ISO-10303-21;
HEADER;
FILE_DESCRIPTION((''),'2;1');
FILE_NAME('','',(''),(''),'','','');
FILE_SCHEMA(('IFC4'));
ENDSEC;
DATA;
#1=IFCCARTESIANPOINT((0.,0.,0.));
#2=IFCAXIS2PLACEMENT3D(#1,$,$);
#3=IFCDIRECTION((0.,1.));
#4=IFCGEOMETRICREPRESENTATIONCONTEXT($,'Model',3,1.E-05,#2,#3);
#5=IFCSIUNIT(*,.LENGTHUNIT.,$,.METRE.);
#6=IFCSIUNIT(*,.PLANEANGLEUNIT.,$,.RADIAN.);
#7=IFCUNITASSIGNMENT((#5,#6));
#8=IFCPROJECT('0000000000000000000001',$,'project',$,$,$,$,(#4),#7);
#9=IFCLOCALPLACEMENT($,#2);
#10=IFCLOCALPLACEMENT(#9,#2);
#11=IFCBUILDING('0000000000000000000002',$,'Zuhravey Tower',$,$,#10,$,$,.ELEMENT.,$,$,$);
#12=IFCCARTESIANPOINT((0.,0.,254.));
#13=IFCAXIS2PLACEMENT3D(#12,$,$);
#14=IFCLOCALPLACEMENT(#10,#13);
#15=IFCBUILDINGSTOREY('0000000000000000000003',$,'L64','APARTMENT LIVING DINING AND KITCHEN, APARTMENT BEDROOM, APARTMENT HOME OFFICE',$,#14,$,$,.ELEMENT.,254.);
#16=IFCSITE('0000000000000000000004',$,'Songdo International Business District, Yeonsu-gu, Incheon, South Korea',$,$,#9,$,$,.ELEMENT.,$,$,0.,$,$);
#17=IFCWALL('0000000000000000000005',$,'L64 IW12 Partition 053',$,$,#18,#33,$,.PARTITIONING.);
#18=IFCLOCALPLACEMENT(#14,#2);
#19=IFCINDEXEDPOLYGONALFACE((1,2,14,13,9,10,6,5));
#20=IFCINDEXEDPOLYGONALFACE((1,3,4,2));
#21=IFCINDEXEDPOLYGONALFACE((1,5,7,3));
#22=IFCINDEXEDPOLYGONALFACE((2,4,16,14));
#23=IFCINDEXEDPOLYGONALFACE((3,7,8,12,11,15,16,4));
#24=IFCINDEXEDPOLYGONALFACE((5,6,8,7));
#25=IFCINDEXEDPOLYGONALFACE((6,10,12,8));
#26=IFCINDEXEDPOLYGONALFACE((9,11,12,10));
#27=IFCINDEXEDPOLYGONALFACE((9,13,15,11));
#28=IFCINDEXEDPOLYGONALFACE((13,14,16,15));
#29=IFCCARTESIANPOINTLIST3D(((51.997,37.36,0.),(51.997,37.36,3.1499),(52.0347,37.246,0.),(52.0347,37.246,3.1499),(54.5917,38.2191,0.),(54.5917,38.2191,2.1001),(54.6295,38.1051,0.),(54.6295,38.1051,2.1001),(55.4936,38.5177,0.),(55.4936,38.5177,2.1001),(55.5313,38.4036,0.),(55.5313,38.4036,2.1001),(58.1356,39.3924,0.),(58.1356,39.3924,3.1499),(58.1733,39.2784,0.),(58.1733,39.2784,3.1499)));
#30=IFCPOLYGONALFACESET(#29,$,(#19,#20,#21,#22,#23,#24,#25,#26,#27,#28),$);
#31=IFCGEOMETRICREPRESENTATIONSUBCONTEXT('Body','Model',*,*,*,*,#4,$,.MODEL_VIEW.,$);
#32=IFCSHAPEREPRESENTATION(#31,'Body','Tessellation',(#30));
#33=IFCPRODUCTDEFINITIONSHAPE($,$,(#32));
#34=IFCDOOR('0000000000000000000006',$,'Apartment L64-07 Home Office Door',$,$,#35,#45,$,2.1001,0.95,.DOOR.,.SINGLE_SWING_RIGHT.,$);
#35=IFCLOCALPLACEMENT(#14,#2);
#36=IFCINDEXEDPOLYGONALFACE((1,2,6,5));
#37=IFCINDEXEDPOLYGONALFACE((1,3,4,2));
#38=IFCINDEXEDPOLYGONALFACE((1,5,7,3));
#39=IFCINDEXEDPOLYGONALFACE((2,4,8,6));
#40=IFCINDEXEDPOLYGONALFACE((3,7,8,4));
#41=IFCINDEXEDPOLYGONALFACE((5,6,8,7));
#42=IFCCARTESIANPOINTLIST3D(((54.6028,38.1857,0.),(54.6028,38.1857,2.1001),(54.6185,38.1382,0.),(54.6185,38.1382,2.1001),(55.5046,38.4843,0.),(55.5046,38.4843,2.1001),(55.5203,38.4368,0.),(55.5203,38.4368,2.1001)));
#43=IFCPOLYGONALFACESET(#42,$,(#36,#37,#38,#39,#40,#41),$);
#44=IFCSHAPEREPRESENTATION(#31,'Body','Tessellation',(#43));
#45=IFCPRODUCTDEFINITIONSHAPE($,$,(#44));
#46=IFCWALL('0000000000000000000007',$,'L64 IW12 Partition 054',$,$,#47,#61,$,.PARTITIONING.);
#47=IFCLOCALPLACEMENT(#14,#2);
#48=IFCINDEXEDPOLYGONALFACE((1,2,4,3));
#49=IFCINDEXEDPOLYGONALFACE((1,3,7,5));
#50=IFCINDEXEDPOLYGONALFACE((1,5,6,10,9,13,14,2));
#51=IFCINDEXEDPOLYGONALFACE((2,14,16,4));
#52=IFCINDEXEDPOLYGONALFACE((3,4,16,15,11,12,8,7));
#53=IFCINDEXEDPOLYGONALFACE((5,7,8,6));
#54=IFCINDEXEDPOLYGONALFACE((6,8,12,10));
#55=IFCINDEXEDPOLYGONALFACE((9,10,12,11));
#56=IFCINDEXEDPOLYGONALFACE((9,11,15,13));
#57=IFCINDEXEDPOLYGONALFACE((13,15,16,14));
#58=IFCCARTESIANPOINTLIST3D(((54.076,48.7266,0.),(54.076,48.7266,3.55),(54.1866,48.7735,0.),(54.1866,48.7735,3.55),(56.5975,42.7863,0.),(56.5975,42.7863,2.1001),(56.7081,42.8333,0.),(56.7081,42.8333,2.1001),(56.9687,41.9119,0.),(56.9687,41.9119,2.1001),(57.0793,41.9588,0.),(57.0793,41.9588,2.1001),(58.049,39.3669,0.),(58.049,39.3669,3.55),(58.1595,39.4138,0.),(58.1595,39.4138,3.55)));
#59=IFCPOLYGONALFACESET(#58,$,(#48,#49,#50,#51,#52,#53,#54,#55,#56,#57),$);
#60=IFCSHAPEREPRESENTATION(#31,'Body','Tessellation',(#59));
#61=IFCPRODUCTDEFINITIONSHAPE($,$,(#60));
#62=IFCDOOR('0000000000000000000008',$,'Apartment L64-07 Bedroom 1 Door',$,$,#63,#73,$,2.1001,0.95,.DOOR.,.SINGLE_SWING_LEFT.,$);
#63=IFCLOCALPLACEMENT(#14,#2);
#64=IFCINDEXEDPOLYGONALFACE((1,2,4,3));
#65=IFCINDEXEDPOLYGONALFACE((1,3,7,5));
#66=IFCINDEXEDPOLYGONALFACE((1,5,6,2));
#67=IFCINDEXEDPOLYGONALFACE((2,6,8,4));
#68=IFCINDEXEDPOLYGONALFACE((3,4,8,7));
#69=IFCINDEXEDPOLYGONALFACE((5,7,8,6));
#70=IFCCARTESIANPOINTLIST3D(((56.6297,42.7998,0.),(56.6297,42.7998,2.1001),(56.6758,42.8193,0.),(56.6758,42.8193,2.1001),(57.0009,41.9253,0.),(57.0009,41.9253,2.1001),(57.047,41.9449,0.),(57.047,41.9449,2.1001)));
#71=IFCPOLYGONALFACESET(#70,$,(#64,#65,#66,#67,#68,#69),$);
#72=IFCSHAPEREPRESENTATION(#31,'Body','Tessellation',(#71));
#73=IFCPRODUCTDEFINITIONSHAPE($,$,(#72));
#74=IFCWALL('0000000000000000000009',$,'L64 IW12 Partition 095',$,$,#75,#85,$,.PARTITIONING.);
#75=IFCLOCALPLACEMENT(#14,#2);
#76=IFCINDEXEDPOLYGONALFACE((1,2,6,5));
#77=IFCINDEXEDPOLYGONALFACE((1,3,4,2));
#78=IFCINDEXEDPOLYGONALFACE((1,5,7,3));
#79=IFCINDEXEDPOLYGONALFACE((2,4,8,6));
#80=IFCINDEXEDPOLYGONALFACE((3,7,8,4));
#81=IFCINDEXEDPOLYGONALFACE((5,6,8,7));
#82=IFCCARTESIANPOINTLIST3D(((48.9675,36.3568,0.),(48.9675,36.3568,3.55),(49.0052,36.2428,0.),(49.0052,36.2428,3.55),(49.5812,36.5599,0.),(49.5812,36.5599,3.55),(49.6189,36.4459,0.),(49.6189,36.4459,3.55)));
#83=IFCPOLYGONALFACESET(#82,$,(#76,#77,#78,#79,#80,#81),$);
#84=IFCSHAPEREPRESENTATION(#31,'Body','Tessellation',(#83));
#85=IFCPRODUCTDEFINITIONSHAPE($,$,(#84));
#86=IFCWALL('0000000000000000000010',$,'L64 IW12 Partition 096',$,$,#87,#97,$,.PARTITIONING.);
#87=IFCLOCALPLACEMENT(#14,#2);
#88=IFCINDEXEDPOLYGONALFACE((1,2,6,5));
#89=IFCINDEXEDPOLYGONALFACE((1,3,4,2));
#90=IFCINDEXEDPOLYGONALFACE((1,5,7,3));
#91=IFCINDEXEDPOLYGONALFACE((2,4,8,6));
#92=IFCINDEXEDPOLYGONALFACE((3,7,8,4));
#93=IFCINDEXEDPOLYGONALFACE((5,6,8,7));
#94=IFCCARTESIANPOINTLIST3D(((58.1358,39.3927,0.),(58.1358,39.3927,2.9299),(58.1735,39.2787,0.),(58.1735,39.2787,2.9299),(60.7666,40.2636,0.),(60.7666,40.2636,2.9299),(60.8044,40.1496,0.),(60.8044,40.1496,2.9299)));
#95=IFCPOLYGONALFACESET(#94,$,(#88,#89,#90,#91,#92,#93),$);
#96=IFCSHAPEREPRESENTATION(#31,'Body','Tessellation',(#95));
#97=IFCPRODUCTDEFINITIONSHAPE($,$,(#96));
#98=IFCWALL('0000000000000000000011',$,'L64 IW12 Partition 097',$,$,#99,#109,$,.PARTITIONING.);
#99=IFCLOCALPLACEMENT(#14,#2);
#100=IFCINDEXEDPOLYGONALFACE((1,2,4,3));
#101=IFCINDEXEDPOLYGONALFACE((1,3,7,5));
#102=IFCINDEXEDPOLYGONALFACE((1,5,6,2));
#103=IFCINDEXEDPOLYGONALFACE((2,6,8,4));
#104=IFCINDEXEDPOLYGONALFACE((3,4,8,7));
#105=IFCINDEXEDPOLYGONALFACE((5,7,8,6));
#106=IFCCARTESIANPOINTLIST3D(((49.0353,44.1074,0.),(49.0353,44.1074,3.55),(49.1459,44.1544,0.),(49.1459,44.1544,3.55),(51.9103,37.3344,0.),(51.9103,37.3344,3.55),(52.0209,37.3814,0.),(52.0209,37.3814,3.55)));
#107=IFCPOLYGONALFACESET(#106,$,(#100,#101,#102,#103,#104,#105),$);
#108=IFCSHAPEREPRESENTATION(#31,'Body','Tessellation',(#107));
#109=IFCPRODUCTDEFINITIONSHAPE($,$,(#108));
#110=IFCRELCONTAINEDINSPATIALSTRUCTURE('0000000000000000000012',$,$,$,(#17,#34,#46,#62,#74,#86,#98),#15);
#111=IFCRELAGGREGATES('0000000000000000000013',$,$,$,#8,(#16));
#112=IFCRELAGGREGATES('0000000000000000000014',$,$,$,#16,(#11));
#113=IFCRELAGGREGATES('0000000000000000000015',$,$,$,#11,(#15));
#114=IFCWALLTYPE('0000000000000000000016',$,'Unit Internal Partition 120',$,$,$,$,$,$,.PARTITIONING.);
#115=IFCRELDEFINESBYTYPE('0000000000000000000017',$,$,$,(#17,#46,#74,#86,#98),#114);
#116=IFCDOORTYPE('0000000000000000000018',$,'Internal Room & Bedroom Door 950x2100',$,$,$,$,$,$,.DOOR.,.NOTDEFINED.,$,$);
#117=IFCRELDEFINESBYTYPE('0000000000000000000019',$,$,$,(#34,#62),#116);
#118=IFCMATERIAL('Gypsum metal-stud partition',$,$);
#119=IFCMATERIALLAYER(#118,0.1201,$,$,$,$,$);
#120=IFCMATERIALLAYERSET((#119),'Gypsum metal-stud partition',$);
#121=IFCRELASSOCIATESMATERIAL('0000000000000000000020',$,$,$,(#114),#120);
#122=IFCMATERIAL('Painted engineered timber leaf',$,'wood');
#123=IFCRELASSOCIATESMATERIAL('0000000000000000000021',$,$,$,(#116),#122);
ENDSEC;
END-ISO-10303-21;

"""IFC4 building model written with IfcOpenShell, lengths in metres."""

from ifc_helpers import new_model, si_unit, direction, frame, frame_2d, origin, place, context, subcontext, project, spatial, rectangle, extrude, material, layer, layer_set, type_object, element, fill, save


model = new_model("IFC4")

# Units and contexts
model_context = context("Model", 3, precision=1e-05, world=origin(), true_north=direction((0.0, 1.0)))
body_context = subcontext(model_context, "Body", "Model", "MODEL_VIEW")
ifc_project = project(units=[si_unit("LENGTHUNIT", "METRE"), si_unit("PLANEANGLEUNIT", "RADIAN")], contexts=[model_context])

# Site, building, storey
site_placement = place(None, origin())
site = spatial("IfcSite", under=ifc_project, at=site_placement, Name="Songdo International Business District, Yeonsu-gu, Incheon, South Korea", CompositionType="ELEMENT", RefElevation=0.0)
building_placement = place(site_placement, origin())
building = spatial("IfcBuilding", under=site, at=building_placement, Name="Zuhravey Tower", CompositionType="ELEMENT")
storey_placement = place(building_placement, frame((0.0, 0.0, 254.0)))
storey = spatial("IfcBuildingStorey", under=building, at=storey_placement, Name="L64", Description="APARTMENT LIVING DINING AND KITCHEN, APARTMENT BEDROOM, APARTMENT HOME OFFICE", CompositionType="ELEMENT", Elevation=254.0)

# Walls, openings, doors
ifc_material_1 = material(Name="Gypsum metal-stud partition")
ifc_layer_1 = layer(ifc_material_1, 0.1201)
ifc_layer_set_1 = layer_set([ifc_layer_1], Name="Gypsum metal-stud partition")
wall_type_1 = type_object("IfcWallType", Name="Unit Internal Partition 120", PredefinedType="PARTITIONING", material=ifc_layer_set_1)
wall_1_placement = place(storey_placement, frame((52.0159, 37.303, 0.0), z_axis=(0.0, 0.0, 1.0), x_axis=(0.949319, 0.314313, 0.0)))
wall_1 = element("IfcWall", 1, at=wall_1_placement, inside=storey, type_object=wall_type_1, Name="L64 IW12 Partition 053", PredefinedType="PARTITIONING", context=body_context, shape_type="SweptSolid", body=[
    extrude(rectangle(XDim=6.4663, YDim=0.1201, at=frame_2d((3.2332, 0.0))), origin(), (0.0, 0.0, 1.0), 3.1499),
])
opening_1_placement = place(wall_1_placement, frame((2.7332, 0.0, 0.0)))
opening_1 = element("IfcOpeningElement", 2, at=opening_1_placement, cuts=wall_1, PredefinedType="OPENING", context=body_context, shape_type="SweptSolid", body=[
    extrude(rectangle(XDim=0.95, YDim=2.1001, at=frame_2d((0.4751, 1.05))), frame((0.0, 0.072, 0.0), z_axis=(0.0, -1.0, 0.0), x_axis=(1.0, 0.0, 0.0)), (0.0, 0.0, 1.0), 0.144),
])
ifc_material_2 = material(Name="Painted engineered timber leaf", Category="wood")
door_type_1 = type_object("IfcDoorType", Name="Internal Room & Bedroom Door 950x2100", OperationType="NOTDEFINED", PredefinedType="DOOR", material=ifc_material_2)
door_1_placement = place(opening_1_placement, origin())
door_1 = element("IfcDoor", 3, at=door_1_placement, inside=storey, type_object=door_type_1, Name="Apartment L64-07 Home Office Door", OperationType="SINGLE_SWING_RIGHT", OverallHeight=2.1001, OverallWidth=0.95, PredefinedType="DOOR", context=body_context, shape_type="SweptSolid", body=[
    extrude(rectangle(XDim=0.95, YDim=2.1001, at=frame_2d((0.4751, 1.05))), frame((0.0, 0.0249, 0.0), z_axis=(0.0, -1.0, 0.0), x_axis=(1.0, 0.0, 0.0)), (0.0, 0.0, 1.0), 0.05),
])
fill(opening_1, door_1)
wall_2_placement = place(storey_placement, frame((58.1042, 39.3904, 0.0), z_axis=(0.0, 0.0, 1.0), x_axis=(-0.390729, 0.920506, 0.0)))
wall_2 = element("IfcWall", 4, at=wall_2_placement, inside=storey, type_object=wall_type_1, Name="L64 IW12 Partition 054", PredefinedType="PARTITIONING", context=body_context, shape_type="SweptSolid", body=[
    extrude(rectangle(XDim=10.168, YDim=0.1201, at=frame_2d((5.084, 0.0))), origin(), (0.0, 0.0, 1.0), 3.55),
])
opening_2_placement = place(wall_2_placement, frame((2.7646, 0.0, 0.0)))
opening_2 = element("IfcOpeningElement", 5, at=opening_2_placement, cuts=wall_2, PredefinedType="OPENING", context=body_context, shape_type="SweptSolid", body=[
    extrude(rectangle(XDim=0.95, YDim=2.1001, at=frame_2d((0.4751, 1.05))), frame((0.0, 0.072, 0.0), z_axis=(0.0, -1.0, 0.0), x_axis=(1.0, 0.0, 0.0)), (0.0, 0.0, 1.0), 0.144),
])
door_2_placement = place(opening_2_placement, frame((0.95, 0.0, 0.0), z_axis=(0.0, 0.0, 1.0), x_axis=(-1.0, 0.0, 0.0)))
door_2 = element("IfcDoor", 6, at=door_2_placement, inside=storey, type_object=door_type_1, Name="Apartment L64-07 Bedroom 1 Door", OperationType="SINGLE_SWING_LEFT", OverallHeight=2.1001, OverallWidth=0.95, PredefinedType="DOOR", context=body_context, shape_type="SweptSolid", body=[
    extrude(rectangle(XDim=0.95, YDim=2.1001, at=frame_2d((0.4751, 1.05))), frame((0.0, 0.0249, 0.0), z_axis=(0.0, -1.0, 0.0), x_axis=(1.0, 0.0, 0.0)), (0.0, 0.0, 1.0), 0.05),
])
fill(opening_2, door_2)

# Walls
wall_3_placement = place(storey_placement, frame((48.9863, 36.2998, 0.0), z_axis=(0.0, 0.0, 1.0), x_axis=(0.949361, 0.314188, 0.0)))
element("IfcWall", 7, at=wall_3_placement, inside=storey, type_object=wall_type_1, Name="L64 IW12 Partition 095", PredefinedType="PARTITIONING", context=body_context, shape_type="SweptSolid", body=[
    extrude(rectangle(XDim=0.6465, YDim=0.1201, at=frame_2d((0.3232, 0.0))), origin(), (0.0, 0.0, 1.0), 3.55),
])
wall_4_placement = place(storey_placement, frame((58.1545, 39.3357, 0.0), z_axis=(0.0, 0.0, 1.0), x_axis=(0.949342, 0.314245, 0.0)))
element("IfcWall", 8, at=wall_4_placement, inside=storey, type_object=wall_type_1, Name="L64 IW12 Partition 096", PredefinedType="PARTITIONING", context=body_context, shape_type="SweptSolid", body=[
    extrude(rectangle(XDim=2.7712, YDim=0.1201, at=frame_2d((1.3857, 0.0))), origin(), (0.0, 0.0, 1.0), 2.9299),
])
wall_5_placement = place(storey_placement, frame((51.9656, 37.3579, 0.0), z_axis=(0.0, 0.0, 1.0), x_axis=(-0.390737, 0.920502, 0.0)))
element("IfcWall", 9, at=wall_5_placement, inside=storey, type_object=wall_type_1, Name="L64 IW12 Partition 097", PredefinedType="PARTITIONING", context=body_context, shape_type="SweptSolid", body=[
    extrude(rectangle(XDim=7.3579, YDim=0.1201, at=frame_2d((3.679, 0.0))), origin(), (0.0, 0.0, 1.0), 3.55),
])

save(model, "model.ifc")
